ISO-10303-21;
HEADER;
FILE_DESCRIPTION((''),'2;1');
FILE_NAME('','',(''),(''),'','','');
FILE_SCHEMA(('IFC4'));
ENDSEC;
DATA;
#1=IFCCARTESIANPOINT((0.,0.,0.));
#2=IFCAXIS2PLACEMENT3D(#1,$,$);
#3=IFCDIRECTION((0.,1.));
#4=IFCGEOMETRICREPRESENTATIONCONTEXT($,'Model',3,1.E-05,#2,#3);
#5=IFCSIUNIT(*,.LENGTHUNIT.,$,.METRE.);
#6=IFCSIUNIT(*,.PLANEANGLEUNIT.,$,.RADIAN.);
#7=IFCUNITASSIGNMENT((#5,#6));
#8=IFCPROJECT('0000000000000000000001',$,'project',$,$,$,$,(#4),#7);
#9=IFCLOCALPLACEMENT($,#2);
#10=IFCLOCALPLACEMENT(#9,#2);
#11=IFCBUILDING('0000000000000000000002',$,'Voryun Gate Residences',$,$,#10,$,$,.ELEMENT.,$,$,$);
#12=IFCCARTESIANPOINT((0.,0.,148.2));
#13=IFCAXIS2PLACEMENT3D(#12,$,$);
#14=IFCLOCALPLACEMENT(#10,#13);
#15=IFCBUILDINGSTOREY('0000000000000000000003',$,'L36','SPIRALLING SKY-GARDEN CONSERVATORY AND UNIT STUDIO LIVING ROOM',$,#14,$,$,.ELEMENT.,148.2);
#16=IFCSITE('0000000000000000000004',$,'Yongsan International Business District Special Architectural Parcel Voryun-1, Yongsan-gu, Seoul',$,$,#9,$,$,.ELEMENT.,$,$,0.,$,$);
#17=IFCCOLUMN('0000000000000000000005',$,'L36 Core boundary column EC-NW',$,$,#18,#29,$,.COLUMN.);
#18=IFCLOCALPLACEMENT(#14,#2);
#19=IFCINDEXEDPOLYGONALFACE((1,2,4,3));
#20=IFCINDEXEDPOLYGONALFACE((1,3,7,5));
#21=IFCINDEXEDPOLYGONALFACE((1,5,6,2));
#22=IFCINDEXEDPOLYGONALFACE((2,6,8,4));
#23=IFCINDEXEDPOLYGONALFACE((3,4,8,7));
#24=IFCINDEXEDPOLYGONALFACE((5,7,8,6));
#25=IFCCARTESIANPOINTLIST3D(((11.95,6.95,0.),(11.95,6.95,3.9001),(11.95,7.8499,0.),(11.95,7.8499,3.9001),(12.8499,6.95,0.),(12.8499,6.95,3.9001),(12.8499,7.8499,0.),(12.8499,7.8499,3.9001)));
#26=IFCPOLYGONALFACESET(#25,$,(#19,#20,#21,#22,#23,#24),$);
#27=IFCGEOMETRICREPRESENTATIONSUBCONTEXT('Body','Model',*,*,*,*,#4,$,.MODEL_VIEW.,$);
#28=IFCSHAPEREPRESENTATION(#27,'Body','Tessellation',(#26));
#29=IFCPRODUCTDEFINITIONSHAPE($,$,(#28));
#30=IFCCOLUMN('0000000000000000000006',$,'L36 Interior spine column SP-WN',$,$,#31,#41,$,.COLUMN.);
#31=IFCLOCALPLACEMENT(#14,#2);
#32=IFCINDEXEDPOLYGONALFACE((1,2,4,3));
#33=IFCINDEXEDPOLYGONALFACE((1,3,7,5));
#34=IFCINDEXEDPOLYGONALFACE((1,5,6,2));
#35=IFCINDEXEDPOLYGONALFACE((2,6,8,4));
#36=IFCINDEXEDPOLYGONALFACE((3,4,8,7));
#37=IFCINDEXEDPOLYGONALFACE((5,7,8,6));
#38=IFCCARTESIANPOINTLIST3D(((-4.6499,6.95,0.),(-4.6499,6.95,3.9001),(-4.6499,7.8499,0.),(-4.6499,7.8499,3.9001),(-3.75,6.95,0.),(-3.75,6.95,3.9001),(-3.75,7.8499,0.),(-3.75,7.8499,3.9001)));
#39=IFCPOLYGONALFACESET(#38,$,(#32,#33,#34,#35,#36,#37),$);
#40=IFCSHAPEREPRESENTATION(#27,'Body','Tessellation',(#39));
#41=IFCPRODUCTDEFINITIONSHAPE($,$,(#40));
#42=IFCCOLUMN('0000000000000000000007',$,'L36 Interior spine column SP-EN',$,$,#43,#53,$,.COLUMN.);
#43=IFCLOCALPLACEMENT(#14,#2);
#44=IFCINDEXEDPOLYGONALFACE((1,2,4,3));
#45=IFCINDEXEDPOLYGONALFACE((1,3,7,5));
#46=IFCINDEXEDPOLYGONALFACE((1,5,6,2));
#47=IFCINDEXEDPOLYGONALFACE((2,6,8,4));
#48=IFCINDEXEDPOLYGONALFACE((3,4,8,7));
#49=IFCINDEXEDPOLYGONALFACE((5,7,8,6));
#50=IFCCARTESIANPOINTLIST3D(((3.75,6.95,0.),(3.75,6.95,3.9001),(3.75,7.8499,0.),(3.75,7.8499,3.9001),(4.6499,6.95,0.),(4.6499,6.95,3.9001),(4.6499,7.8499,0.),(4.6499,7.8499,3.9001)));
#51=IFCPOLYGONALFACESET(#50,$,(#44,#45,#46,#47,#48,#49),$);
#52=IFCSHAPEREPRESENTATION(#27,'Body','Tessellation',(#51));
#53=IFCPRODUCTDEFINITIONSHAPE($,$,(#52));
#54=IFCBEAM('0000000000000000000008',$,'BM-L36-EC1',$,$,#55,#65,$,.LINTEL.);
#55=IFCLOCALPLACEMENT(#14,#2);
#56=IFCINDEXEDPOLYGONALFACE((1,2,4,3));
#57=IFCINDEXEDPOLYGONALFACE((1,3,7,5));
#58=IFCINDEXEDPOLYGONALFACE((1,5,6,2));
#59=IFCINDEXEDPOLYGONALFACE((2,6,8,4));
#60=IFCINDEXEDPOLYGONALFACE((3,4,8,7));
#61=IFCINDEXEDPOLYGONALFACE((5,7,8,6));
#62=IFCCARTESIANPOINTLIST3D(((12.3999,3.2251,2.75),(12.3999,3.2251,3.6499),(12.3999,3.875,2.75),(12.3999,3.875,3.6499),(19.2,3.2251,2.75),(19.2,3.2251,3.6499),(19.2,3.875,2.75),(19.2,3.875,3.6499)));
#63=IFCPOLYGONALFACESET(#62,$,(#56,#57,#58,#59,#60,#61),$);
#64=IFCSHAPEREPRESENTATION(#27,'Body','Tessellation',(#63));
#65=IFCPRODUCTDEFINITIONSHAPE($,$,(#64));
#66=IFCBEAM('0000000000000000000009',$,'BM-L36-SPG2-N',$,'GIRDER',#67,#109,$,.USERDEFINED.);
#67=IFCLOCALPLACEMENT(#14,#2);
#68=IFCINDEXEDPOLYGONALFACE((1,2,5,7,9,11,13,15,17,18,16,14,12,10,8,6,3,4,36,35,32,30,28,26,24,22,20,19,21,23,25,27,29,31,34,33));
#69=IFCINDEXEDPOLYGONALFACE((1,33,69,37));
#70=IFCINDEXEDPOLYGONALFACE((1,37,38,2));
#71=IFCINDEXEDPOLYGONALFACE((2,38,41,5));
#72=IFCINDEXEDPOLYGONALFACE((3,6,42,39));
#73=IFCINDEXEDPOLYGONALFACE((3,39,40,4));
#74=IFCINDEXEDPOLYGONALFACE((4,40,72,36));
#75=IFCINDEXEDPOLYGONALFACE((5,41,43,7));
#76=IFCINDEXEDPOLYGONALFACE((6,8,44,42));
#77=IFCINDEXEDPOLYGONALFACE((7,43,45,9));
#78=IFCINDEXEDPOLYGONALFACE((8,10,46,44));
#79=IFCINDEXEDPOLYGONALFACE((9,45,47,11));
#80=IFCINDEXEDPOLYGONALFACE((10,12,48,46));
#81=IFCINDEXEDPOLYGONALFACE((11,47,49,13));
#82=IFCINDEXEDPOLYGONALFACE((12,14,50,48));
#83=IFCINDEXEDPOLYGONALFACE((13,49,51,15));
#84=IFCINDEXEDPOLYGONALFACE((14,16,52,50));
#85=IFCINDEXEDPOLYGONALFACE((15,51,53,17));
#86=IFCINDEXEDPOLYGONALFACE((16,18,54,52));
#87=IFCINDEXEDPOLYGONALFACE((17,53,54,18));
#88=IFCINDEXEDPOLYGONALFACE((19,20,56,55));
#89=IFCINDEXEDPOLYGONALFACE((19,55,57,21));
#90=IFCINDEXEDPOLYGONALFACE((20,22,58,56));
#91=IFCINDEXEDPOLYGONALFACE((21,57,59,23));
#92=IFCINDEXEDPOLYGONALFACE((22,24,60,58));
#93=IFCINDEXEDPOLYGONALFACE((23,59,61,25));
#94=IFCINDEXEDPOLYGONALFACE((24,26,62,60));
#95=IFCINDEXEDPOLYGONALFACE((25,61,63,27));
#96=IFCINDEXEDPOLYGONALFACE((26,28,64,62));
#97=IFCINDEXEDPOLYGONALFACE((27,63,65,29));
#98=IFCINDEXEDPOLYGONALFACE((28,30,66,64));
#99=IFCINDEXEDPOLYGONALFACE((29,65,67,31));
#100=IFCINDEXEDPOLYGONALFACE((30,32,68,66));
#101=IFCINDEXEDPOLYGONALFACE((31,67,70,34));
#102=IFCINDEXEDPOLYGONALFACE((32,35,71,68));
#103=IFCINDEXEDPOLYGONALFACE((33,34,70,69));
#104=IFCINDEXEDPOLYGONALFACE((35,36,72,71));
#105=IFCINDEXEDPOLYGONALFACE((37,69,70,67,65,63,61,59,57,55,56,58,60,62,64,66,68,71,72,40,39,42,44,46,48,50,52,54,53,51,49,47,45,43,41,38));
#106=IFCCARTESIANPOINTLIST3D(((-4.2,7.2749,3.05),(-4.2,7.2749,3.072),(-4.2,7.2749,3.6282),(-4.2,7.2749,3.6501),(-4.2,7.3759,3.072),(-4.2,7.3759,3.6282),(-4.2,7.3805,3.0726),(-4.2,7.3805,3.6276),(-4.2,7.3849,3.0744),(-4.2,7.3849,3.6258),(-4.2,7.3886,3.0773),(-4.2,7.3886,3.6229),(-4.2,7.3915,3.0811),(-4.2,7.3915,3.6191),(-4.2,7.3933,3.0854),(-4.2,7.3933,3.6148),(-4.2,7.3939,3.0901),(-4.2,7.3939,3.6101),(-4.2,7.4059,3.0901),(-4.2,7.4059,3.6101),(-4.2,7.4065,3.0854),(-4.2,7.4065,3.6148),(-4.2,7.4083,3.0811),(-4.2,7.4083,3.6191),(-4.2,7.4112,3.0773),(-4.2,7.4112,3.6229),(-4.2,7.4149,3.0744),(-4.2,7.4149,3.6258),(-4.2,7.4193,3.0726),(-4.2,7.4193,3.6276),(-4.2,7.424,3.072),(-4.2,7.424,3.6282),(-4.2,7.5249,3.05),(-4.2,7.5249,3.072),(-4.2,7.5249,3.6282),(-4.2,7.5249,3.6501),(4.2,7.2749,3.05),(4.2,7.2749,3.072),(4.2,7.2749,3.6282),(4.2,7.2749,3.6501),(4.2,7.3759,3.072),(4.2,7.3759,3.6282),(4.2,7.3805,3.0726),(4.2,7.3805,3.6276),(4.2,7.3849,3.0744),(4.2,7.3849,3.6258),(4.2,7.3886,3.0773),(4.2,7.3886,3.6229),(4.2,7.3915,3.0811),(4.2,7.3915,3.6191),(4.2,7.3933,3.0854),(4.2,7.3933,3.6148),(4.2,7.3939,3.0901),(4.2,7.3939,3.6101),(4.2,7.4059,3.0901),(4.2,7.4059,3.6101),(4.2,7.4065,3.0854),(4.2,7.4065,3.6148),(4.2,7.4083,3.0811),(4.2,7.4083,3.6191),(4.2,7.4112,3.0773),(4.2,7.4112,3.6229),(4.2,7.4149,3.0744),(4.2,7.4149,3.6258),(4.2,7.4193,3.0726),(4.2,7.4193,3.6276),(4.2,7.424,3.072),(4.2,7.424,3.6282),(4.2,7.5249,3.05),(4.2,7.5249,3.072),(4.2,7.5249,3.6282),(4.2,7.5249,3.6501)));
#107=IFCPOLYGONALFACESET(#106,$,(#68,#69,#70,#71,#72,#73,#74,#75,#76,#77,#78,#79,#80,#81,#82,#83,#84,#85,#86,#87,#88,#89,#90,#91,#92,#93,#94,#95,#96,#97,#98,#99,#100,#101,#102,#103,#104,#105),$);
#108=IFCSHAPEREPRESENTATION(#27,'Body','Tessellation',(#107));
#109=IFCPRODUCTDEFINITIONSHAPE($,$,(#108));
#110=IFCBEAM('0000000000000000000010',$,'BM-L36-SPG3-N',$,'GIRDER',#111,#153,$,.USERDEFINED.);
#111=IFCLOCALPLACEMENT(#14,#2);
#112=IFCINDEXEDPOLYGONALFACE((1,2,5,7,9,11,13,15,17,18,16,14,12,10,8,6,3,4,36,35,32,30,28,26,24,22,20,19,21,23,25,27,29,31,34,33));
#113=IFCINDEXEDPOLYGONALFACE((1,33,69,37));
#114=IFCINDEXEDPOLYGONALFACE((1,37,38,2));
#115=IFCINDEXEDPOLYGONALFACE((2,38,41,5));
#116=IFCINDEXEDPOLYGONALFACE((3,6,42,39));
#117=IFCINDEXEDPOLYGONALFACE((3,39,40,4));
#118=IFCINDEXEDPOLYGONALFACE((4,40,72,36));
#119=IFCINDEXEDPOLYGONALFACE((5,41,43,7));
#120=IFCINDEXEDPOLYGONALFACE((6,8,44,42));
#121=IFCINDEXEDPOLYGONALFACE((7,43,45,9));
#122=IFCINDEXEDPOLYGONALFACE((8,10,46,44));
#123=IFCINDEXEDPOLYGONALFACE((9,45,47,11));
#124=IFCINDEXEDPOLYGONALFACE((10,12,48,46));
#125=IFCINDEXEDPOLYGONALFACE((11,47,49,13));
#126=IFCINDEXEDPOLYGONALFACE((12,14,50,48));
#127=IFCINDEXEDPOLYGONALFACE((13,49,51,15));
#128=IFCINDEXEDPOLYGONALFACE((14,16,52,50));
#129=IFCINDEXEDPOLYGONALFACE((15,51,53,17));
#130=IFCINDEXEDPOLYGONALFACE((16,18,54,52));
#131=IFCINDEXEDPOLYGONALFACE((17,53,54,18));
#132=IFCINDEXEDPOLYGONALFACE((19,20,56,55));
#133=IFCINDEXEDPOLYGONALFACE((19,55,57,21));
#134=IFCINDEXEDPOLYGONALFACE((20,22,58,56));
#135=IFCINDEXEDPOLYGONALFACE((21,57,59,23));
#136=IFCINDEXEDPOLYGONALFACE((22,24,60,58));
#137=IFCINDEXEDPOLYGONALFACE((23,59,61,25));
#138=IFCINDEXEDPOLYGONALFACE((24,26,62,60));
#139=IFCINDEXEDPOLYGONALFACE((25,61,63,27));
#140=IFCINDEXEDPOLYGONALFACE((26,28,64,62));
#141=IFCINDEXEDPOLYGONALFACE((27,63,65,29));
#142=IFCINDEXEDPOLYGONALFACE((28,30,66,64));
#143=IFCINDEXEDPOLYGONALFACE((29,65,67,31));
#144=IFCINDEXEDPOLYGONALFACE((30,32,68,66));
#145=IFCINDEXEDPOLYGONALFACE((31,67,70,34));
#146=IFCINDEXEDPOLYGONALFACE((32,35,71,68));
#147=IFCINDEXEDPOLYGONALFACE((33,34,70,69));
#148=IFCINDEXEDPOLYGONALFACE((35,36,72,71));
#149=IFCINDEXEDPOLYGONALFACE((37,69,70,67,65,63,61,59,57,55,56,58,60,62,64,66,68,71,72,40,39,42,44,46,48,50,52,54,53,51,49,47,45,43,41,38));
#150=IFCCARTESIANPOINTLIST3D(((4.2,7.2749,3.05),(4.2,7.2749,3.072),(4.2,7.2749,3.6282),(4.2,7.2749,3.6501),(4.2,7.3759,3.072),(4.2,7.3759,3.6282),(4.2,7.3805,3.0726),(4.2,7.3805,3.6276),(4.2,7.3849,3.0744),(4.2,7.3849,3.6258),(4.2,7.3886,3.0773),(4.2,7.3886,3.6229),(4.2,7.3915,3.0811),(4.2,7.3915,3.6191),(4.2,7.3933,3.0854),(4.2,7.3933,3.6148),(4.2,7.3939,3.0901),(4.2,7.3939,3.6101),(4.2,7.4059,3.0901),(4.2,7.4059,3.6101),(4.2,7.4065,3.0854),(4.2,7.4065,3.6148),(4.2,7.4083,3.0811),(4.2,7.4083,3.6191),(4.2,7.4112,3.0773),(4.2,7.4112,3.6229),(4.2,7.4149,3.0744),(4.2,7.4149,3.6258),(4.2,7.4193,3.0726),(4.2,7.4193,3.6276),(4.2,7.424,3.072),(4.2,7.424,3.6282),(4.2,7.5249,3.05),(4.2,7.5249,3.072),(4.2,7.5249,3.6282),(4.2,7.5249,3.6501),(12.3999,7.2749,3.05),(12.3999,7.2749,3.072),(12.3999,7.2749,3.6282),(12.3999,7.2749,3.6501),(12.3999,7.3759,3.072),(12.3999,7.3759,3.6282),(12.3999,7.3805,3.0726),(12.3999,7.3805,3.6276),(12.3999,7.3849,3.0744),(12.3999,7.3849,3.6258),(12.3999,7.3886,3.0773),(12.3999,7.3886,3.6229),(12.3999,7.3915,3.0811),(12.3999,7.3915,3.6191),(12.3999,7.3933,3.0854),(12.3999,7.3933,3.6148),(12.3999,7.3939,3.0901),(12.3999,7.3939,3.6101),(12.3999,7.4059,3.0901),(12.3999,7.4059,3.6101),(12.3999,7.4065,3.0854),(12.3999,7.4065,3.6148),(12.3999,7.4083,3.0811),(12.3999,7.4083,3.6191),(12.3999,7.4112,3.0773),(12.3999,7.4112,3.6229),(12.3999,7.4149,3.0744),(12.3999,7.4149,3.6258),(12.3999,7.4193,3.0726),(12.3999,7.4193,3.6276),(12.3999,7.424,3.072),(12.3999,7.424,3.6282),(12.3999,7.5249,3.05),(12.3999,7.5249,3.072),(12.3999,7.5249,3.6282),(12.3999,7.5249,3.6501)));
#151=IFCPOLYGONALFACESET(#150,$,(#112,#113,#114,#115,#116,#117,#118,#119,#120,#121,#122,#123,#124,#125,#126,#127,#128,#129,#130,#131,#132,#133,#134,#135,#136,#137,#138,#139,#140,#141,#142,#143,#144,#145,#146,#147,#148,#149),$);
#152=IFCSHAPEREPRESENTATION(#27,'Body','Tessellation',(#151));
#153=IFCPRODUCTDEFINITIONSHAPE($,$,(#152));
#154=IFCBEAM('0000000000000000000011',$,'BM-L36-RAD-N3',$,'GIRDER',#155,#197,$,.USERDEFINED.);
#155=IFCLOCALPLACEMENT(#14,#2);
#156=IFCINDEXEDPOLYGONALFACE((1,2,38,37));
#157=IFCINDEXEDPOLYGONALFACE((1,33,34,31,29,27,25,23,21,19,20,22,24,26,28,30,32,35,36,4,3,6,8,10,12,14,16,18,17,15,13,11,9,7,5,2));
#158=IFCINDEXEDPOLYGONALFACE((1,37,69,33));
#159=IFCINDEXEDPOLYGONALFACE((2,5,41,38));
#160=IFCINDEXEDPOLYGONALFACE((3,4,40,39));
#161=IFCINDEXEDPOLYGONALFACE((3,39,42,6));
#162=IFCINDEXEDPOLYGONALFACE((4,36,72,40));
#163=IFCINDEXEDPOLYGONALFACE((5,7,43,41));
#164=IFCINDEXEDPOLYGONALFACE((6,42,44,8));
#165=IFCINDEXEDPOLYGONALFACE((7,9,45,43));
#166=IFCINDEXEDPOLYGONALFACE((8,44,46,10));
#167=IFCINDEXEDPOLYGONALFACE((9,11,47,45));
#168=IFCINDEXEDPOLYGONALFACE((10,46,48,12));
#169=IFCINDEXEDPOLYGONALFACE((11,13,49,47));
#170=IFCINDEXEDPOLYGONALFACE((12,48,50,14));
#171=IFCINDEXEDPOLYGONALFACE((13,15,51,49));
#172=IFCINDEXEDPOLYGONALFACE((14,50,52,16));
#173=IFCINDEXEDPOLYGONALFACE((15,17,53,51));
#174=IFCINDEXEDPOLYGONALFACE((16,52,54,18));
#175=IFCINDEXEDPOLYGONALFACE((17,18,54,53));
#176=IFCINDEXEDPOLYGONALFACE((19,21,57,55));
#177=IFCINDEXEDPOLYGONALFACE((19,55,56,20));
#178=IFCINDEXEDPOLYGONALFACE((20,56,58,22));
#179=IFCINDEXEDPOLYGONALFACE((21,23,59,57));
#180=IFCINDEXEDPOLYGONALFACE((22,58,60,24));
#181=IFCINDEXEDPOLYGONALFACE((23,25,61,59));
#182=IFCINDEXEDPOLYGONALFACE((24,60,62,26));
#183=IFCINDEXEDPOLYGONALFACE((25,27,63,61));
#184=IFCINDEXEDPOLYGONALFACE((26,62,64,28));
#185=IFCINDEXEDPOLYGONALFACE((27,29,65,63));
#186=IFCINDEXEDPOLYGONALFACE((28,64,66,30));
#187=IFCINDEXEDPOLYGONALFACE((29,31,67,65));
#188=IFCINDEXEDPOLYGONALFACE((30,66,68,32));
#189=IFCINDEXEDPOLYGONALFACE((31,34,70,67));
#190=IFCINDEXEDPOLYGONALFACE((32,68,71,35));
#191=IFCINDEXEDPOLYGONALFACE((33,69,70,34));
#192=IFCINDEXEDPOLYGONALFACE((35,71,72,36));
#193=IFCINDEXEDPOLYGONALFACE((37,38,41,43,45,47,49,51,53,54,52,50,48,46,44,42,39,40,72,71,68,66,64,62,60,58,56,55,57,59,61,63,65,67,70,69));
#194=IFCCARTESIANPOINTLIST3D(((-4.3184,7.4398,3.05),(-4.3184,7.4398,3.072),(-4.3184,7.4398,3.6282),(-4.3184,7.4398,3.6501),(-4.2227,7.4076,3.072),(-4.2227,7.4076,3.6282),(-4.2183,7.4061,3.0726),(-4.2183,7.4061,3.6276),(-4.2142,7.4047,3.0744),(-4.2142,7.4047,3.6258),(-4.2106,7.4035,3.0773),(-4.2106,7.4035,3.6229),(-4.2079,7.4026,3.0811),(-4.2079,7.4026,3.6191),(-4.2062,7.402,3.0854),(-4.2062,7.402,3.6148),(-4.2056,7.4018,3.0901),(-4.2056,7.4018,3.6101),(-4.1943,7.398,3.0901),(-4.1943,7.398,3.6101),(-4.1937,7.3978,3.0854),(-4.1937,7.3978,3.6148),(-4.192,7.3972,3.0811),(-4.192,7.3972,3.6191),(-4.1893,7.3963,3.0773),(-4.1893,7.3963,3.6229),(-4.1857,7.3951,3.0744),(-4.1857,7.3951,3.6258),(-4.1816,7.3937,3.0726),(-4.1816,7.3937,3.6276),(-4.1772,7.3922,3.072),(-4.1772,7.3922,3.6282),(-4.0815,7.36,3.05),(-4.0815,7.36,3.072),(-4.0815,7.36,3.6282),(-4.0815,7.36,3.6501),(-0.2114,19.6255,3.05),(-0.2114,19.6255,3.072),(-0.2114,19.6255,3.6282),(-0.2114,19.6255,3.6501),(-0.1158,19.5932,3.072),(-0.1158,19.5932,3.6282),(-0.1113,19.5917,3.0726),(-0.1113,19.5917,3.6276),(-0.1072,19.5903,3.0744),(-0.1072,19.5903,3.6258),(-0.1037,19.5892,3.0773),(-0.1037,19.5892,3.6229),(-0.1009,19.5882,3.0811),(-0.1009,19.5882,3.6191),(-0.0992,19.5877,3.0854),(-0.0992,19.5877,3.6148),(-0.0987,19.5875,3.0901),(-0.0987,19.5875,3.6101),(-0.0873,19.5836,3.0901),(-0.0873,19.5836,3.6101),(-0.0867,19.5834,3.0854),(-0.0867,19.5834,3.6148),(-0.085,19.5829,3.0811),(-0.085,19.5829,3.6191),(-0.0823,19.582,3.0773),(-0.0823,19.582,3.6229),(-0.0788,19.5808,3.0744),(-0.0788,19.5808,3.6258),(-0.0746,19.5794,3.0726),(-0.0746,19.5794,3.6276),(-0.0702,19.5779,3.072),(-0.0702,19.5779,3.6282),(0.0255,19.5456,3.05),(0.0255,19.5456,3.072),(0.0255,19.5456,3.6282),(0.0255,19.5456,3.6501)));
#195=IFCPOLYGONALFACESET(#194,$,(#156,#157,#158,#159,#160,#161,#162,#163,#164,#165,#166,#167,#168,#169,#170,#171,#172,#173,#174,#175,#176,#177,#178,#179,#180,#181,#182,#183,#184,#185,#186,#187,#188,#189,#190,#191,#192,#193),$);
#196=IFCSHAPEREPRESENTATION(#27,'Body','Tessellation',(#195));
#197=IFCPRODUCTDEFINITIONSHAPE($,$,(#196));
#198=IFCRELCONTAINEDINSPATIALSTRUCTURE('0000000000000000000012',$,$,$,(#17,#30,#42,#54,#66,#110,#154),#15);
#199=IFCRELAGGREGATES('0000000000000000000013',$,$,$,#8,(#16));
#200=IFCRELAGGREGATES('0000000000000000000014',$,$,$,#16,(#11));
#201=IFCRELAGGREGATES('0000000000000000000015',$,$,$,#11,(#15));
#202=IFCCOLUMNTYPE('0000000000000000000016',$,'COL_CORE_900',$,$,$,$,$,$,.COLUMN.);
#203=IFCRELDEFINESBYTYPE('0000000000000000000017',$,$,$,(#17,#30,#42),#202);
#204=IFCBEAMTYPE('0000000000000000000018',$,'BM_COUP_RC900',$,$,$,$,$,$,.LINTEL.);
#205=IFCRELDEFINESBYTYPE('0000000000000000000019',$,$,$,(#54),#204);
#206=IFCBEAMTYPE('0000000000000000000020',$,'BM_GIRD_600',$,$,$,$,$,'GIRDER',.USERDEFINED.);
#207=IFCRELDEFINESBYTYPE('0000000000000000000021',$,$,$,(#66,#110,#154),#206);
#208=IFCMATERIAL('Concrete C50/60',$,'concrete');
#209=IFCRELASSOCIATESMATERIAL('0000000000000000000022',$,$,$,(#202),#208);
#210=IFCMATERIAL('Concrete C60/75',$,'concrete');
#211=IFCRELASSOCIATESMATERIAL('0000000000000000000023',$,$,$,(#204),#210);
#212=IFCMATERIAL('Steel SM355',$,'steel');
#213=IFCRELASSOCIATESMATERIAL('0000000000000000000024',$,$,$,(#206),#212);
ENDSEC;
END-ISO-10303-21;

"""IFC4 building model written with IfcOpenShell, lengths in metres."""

from ifc_helpers import new_model, si_unit, direction, frame, origin, origin_2d, place, context, subcontext, project, spatial, rectangle, i_section, extrude, material, material_profile, profile_set, type_object, element, save


model = new_model("IFC4")

# Units and contexts
model_context = context("Model", 3, precision=1e-05, world=origin(), true_north=direction((0.0, 1.0)))
body_context = subcontext(model_context, "Body", "Model", "MODEL_VIEW")
ifc_project = project(units=[si_unit("LENGTHUNIT", "METRE"), si_unit("PLANEANGLEUNIT", "RADIAN")], contexts=[model_context])

# Site, building, storey
site_placement = place(None, origin())
site = spatial("IfcSite", under=ifc_project, at=site_placement, Name="Yongsan International Business District Special Architectural Parcel Voryun-1, Yongsan-gu, Seoul", CompositionType="ELEMENT", RefElevation=0.0)
building_placement = place(site_placement, origin())
building = spatial("IfcBuilding", under=site, at=building_placement, Name="Voryun Gate Residences", CompositionType="ELEMENT")
storey_placement = place(building_placement, frame((0.0, 0.0, 148.2)))
storey = spatial("IfcBuildingStorey", under=building, at=storey_placement, Name="L36", Description="SPIRALLING SKY-GARDEN CONSERVATORY AND UNIT STUDIO LIVING ROOM", CompositionType="ELEMENT", Elevation=148.2)

# Columns
ifc_material_1 = material(Name="Concrete C50/60", Category="concrete")
ifc_material_profile_1 = material_profile(ifc_material_1, rectangle(XDim=0.8999, YDim=0.8999, at=origin_2d()), Name="RC-900x900")
ifc_profile_set_1 = profile_set([ifc_material_profile_1], Name="Concrete C50/60")
column_type = type_object("IfcColumnType", Name="COL_CORE_900", PredefinedType="COLUMN", material=ifc_profile_set_1)
for number, where, z_axis, x_axis, name in (
    (1, (12.3999, 7.3999, 0.0), (0.0, 0.0, 1.0), (1.0, 0.0, 0.0), "L36 Core boundary column EC-NW"),
    (2, (-4.2, 7.3999, 0.0), (0.0, 0.0, 1.0), (1.0, 0.0, 0.0), "L36 Interior spine column SP-WN"),
    (3, (4.2, 7.3999, 0.0), (0.0, 0.0, 1.0), (1.0, 0.0, 0.0), "L36 Interior spine column SP-EN"),
):
    element("IfcColumn", number, at=place(storey_placement, frame(where, z_axis=z_axis, x_axis=x_axis)), inside=storey, type_object=column_type, Name=name, PredefinedType="COLUMN", context=body_context, shape_type="SweptSolid", body=[
        extrude(rectangle(XDim=0.8999, YDim=0.8999, at=origin_2d()), origin(), (0.0, 0.0, 1.0), 3.9001),
    ])

# Beams
ifc_material_2 = material(Name="Concrete C60/75", Category="concrete")
ifc_material_profile_2 = material_profile(ifc_material_2, rectangle(XDim=0.6499, YDim=0.8999, at=origin_2d()), Name="RC-650x900")
ifc_profile_set_2 = profile_set([ifc_material_profile_2], Name="Concrete C60/75")
beam_type_1 = type_object("IfcBeamType", Name="BM_COUP_RC900", PredefinedType="LINTEL", material=ifc_profile_set_2)
beam_1_placement = place(storey_placement, frame((12.3999, 3.55, 3.2), z_axis=(1.0, 0.0, 0.0), x_axis=(0.0, 1.0, 0.0)))
element("IfcBeam", 4, at=beam_1_placement, inside=storey, type_object=beam_type_1, Name="BM-L36-EC1", PredefinedType="LINTEL", context=body_context, shape_type="SweptSolid", body=[
    extrude(rectangle(XDim=0.6499, YDim=0.8999, at=origin_2d()), origin(), (0.0, 0.0, 1.0), 6.8),
])
ifc_material_3 = material(Name="Steel SM355", Category="steel")
ifc_material_profile_3 = material_profile(ifc_material_3, i_section(OverallWidth=0.25, OverallDepth=0.6001, WebThickness=0.012, FlangeThickness=0.022, FilletRadius=0.0181, at=origin_2d()), Name="H-600x250x12x22")
ifc_profile_set_3 = profile_set([ifc_material_profile_3], Name="Steel SM355")
beam_type_2 = type_object("IfcBeamType", Name="BM_GIRD_600", ElementType="GIRDER", PredefinedType="USERDEFINED", material=ifc_profile_set_3)
beam_2_placement = place(storey_placement, frame((-4.2, 7.3999, 3.3501), z_axis=(1.0, 0.0, 0.0), x_axis=(0.0, 1.0, 0.0)))
element("IfcBeam", 5, at=beam_2_placement, inside=storey, type_object=beam_type_2, Name="BM-L36-SPG2-N", ObjectType="GIRDER", PredefinedType="USERDEFINED", context=body_context, shape_type="SweptSolid", body=[
    extrude(i_section(OverallWidth=0.25, OverallDepth=0.6001, WebThickness=0.012, FlangeThickness=0.022, FilletRadius=0.0181, at=origin_2d()), origin(), (0.0, 0.0, 1.0), 8.3999),
])
beam_3_placement = place(storey_placement, frame((4.2, 7.3999, 3.3501), z_axis=(1.0, 0.0, 0.0), x_axis=(0.0, 1.0, 0.0)))
element("IfcBeam", 6, at=beam_3_placement, inside=storey, type_object=beam_type_2, Name="BM-L36-SPG3-N", ObjectType="GIRDER", PredefinedType="USERDEFINED", context=body_context, shape_type="SweptSolid", body=[
    extrude(i_section(OverallWidth=0.25, OverallDepth=0.6001, WebThickness=0.012, FlangeThickness=0.022, FilletRadius=0.0181, at=origin_2d()), origin(), (0.0, 0.0, 1.0), 8.2),
])
beam_4_placement = place(storey_placement, frame((-4.2, 7.3999, 3.3501), z_axis=(0.319381, 0.947626, 0.0), x_axis=(-0.947626, 0.319381, 0.0)))
element("IfcBeam", 7, at=beam_4_placement, inside=storey, type_object=beam_type_2, Name="BM-L36-RAD-N3", ObjectType="GIRDER", PredefinedType="USERDEFINED", context=body_context, shape_type="SweptSolid", body=[
    extrude(i_section(OverallWidth=0.25, OverallDepth=0.6001, WebThickness=0.012, FlangeThickness=0.022, FilletRadius=0.0181, at=origin_2d()), origin(), (0.0, 0.0, 1.0), 12.8591),
])

save(model, "model.ifc")
